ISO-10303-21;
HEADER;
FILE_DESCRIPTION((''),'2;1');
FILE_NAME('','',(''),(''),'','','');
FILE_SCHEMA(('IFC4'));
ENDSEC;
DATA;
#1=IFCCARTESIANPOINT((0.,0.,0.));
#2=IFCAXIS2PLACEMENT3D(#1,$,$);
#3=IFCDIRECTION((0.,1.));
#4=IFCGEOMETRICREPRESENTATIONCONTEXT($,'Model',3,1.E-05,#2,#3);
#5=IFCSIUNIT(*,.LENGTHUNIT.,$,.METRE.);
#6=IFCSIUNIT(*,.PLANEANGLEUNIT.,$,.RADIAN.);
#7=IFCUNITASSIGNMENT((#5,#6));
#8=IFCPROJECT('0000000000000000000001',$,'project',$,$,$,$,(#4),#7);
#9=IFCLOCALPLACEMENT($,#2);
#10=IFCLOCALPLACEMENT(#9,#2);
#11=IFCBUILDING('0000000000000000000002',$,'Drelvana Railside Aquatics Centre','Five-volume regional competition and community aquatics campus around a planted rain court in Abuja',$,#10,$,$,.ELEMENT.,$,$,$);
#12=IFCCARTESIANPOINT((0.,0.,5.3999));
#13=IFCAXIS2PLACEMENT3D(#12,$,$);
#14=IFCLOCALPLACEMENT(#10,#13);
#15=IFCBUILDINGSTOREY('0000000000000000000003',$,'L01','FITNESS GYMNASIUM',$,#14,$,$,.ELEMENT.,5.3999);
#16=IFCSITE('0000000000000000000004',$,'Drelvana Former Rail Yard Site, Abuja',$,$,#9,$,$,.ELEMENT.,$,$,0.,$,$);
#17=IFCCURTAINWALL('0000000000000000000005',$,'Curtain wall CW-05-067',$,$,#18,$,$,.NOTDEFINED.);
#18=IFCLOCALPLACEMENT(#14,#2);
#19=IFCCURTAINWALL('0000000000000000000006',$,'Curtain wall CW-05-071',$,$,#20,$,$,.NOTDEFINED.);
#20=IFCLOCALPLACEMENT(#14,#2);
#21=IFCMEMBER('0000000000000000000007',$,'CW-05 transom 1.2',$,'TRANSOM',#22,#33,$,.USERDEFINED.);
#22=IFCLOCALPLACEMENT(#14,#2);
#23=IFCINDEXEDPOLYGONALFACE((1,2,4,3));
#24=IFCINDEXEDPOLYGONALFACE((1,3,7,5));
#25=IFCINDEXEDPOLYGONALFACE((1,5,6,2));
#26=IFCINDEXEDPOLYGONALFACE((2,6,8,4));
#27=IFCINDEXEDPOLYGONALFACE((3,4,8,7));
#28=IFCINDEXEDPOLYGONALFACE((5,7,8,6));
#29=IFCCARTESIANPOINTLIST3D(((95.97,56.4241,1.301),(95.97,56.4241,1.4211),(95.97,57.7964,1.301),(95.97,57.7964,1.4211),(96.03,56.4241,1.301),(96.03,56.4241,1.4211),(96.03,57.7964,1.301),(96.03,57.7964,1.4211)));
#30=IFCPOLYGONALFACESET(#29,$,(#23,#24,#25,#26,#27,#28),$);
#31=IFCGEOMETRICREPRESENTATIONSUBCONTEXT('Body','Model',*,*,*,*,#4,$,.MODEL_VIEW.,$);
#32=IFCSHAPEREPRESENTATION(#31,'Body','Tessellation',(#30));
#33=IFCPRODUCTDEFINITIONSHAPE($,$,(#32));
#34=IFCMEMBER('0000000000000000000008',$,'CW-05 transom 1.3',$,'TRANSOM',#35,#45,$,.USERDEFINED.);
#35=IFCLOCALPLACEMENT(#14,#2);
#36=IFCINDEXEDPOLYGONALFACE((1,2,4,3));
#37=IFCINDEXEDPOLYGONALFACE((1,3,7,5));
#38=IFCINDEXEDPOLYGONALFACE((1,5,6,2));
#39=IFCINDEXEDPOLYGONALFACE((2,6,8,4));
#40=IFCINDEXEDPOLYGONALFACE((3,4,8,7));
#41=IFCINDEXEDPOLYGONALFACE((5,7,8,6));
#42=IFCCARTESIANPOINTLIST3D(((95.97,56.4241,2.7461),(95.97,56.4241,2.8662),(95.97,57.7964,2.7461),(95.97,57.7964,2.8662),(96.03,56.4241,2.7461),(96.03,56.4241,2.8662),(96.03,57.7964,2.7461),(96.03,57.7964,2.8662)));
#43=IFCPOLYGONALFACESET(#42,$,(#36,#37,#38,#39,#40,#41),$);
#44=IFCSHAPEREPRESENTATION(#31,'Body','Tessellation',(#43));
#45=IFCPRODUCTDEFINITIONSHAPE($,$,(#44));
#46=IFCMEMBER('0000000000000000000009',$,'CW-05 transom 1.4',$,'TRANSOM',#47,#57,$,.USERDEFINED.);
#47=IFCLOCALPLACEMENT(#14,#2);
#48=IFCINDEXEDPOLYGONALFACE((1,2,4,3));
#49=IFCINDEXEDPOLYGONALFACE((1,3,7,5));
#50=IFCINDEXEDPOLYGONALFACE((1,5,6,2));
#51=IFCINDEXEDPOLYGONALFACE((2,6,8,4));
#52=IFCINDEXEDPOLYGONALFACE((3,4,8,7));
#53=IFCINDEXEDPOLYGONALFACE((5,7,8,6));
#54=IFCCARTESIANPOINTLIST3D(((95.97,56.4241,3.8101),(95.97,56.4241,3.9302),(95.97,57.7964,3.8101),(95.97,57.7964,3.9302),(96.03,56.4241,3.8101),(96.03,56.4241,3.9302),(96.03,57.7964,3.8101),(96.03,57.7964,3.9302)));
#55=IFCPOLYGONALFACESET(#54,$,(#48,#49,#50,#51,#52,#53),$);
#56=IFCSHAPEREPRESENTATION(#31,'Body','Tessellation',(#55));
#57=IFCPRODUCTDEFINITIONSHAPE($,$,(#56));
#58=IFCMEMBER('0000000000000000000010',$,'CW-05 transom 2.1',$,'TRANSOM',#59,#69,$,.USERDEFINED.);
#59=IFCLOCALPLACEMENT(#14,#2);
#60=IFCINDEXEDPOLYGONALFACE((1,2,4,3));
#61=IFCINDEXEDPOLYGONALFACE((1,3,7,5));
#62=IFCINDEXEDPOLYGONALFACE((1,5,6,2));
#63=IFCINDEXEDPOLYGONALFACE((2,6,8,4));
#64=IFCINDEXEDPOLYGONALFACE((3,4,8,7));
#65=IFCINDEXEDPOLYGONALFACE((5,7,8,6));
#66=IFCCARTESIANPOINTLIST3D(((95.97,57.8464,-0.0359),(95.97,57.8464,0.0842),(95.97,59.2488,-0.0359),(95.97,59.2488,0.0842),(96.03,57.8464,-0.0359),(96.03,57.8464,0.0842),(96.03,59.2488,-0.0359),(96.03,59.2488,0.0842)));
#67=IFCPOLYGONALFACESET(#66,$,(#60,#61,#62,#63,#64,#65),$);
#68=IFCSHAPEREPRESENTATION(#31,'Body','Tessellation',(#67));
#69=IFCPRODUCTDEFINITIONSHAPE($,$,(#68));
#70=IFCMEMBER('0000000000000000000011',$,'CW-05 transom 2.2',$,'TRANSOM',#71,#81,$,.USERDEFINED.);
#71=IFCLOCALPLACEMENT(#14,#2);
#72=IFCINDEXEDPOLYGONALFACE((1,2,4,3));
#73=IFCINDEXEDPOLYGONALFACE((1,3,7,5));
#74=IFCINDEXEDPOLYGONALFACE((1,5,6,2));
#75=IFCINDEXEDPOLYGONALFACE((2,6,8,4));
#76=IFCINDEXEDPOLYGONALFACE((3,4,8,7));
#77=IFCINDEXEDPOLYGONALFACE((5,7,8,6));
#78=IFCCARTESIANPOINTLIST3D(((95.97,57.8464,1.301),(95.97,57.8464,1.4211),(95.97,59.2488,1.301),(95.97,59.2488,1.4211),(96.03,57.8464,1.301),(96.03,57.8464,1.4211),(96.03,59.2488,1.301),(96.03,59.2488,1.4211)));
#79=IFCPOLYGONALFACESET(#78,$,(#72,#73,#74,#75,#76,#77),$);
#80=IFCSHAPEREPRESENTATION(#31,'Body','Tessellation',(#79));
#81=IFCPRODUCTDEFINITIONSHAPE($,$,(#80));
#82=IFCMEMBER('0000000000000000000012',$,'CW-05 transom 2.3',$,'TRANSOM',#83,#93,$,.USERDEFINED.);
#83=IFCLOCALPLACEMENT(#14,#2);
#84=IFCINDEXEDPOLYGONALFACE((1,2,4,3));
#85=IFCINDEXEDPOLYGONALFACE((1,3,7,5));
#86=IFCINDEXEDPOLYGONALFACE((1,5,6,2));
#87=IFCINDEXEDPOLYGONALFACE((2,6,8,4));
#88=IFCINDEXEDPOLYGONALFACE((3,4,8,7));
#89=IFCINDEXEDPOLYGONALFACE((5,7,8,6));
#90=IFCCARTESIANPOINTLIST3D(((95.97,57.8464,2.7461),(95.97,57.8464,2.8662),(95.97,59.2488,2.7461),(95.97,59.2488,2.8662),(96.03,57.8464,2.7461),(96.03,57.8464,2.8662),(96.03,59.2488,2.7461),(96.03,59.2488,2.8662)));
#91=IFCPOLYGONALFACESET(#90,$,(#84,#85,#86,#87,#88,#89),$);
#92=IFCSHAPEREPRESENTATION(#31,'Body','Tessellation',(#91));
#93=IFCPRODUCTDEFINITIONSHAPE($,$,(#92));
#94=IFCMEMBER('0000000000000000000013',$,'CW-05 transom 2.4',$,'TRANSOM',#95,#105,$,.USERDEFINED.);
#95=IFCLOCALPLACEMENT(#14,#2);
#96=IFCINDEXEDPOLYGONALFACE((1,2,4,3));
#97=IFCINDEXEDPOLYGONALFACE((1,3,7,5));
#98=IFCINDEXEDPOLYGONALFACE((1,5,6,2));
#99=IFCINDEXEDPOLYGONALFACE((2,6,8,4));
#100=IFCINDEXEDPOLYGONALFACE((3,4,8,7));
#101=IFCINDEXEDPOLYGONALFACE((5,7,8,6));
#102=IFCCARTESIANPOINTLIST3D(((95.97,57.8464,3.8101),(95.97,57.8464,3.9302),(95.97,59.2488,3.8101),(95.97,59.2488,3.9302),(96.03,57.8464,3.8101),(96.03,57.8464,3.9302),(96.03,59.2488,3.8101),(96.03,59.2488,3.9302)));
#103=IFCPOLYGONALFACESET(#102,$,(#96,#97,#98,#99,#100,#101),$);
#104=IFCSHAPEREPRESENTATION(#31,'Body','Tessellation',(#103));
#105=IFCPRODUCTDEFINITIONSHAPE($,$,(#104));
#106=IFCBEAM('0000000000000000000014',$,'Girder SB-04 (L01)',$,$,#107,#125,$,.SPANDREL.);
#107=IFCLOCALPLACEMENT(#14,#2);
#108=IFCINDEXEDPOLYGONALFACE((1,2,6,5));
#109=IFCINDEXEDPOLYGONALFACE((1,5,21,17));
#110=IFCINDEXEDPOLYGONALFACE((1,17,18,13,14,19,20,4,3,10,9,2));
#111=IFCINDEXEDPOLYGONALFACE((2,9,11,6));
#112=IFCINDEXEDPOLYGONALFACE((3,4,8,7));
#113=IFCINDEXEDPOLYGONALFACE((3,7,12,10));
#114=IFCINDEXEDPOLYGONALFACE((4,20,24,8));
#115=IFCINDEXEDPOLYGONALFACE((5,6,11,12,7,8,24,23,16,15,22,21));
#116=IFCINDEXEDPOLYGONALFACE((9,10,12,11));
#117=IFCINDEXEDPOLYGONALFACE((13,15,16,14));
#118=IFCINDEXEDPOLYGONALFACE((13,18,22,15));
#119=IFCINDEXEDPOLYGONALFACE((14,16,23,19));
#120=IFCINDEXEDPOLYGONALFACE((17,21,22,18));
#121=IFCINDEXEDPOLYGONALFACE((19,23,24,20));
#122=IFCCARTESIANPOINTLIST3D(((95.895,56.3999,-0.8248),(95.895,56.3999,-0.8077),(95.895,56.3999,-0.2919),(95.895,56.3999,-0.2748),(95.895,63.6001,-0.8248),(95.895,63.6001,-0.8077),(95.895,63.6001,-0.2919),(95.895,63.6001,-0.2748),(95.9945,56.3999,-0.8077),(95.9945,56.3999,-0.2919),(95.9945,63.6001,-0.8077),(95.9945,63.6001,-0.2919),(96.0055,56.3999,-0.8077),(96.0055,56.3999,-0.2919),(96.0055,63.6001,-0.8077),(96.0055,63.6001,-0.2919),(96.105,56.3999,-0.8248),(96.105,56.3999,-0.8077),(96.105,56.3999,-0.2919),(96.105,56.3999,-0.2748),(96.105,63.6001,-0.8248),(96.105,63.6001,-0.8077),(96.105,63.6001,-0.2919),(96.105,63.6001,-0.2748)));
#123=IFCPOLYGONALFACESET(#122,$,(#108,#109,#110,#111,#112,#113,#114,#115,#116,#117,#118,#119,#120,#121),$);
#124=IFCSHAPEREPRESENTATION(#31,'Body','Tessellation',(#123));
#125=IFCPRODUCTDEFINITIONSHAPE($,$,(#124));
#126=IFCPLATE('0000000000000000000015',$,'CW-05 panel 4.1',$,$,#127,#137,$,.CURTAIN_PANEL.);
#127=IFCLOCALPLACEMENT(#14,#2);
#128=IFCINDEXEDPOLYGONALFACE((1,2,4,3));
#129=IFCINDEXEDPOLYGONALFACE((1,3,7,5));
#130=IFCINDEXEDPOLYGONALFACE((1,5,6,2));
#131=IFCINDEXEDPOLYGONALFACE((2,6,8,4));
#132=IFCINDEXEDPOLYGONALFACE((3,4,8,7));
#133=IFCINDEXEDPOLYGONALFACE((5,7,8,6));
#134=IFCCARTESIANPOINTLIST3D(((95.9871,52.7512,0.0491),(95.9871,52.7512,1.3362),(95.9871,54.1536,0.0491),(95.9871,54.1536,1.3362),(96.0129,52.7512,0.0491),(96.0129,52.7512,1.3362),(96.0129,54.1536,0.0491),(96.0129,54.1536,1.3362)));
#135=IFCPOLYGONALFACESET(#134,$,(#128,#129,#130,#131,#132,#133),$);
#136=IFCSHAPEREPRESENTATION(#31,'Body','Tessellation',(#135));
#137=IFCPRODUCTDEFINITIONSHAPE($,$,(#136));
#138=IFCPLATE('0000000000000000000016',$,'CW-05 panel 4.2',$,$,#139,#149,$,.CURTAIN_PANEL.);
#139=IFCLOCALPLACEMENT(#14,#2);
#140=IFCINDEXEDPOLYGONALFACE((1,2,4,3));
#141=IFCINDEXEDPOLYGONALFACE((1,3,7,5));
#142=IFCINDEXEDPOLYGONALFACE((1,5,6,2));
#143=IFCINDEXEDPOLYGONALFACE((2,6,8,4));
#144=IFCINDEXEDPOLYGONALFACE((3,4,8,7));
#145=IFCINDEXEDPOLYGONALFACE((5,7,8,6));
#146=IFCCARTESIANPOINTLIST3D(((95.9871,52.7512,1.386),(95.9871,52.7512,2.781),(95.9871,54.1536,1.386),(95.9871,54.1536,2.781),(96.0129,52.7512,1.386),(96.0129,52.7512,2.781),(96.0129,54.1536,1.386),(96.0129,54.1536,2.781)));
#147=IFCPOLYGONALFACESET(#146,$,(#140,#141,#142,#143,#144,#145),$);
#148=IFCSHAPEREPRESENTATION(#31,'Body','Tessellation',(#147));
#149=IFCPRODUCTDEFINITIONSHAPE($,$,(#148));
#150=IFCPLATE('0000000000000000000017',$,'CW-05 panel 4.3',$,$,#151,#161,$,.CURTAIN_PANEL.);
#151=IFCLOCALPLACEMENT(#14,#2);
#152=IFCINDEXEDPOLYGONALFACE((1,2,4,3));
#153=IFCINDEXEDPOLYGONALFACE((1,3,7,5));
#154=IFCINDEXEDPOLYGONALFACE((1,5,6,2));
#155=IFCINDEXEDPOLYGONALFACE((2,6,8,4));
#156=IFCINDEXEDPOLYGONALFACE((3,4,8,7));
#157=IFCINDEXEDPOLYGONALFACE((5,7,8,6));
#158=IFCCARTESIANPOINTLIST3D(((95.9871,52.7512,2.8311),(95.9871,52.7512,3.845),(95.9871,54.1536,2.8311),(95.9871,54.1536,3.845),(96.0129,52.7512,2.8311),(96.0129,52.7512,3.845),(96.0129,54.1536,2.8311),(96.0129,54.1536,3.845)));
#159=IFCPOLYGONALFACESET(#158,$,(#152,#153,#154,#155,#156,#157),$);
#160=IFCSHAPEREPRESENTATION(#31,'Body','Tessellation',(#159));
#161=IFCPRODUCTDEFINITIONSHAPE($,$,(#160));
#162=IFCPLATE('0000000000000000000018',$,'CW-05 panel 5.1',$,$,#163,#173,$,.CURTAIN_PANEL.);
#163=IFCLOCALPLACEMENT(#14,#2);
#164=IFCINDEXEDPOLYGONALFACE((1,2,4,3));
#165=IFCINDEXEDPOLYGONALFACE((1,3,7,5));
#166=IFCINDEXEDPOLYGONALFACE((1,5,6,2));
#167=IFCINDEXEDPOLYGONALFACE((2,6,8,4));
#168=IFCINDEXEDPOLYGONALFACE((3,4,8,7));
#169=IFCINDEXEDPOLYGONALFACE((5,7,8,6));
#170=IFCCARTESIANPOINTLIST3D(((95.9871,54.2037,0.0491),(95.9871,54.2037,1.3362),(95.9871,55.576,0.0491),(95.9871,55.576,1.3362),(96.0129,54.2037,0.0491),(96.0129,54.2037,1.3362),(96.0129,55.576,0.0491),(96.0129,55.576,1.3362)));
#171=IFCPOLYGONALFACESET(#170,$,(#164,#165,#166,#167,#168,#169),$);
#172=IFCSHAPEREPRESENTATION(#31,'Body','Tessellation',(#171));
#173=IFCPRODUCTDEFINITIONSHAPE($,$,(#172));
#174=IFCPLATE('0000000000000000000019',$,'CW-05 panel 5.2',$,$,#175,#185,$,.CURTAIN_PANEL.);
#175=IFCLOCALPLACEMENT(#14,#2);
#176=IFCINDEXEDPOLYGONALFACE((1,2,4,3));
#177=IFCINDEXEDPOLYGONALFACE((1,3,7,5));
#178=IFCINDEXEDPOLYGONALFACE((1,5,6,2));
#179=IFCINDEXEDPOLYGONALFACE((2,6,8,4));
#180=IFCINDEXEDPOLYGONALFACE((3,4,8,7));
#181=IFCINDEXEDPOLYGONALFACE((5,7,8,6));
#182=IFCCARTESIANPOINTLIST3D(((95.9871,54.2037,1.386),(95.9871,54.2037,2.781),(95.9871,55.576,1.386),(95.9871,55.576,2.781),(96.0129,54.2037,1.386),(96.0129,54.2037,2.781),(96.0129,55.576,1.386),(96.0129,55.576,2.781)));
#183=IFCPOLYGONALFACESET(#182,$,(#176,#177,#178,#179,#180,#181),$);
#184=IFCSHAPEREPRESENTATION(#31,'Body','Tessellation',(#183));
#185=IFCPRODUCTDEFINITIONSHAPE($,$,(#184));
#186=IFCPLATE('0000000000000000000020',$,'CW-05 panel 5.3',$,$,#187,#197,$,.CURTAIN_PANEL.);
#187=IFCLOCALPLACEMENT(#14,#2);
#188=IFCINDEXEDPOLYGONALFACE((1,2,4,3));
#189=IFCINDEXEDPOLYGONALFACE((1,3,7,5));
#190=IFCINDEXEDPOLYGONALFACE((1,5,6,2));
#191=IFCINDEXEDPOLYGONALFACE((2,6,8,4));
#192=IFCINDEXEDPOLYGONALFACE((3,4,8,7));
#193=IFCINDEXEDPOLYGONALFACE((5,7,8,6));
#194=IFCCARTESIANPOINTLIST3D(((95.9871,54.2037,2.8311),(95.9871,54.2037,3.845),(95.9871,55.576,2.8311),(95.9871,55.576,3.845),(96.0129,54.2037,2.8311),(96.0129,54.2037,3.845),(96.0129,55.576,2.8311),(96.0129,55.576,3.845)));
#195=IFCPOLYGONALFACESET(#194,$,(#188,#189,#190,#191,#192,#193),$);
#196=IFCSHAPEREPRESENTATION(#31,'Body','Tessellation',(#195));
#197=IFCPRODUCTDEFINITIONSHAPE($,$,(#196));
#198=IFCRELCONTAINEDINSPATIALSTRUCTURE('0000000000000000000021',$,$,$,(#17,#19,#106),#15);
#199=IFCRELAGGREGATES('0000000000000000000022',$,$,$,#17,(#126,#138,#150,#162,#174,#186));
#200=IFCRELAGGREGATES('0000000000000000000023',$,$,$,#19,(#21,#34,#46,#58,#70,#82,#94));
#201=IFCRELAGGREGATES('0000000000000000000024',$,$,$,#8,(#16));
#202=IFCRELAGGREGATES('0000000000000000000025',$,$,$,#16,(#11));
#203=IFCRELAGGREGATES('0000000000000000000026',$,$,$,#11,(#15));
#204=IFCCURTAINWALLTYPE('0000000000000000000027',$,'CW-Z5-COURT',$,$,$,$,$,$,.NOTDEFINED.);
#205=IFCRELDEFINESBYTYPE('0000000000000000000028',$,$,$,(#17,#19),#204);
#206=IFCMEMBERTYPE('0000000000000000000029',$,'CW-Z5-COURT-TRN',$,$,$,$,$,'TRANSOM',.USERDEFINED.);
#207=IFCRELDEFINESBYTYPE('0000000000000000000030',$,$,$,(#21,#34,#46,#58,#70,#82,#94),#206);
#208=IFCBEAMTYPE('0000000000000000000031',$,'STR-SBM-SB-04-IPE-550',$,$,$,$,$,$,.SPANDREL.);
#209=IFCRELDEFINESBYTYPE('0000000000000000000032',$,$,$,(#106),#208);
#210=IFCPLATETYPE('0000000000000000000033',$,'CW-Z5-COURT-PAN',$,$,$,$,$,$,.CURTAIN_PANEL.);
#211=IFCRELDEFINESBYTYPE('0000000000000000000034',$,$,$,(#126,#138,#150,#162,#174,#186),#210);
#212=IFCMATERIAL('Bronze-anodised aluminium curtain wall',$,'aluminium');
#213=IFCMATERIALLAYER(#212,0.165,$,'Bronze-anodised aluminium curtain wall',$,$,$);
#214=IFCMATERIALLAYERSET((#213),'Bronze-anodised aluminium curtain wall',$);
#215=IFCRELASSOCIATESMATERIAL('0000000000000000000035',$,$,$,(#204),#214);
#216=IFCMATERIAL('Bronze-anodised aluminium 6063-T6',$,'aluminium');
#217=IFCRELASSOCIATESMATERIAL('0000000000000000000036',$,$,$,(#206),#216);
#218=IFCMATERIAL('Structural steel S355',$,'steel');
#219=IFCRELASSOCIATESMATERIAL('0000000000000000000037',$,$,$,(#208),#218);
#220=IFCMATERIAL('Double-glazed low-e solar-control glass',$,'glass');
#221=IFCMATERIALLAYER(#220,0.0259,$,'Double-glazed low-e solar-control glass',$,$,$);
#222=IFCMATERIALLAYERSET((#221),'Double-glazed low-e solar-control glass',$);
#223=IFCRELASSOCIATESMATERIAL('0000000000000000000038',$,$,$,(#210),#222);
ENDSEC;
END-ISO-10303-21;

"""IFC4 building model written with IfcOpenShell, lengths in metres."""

from ifc_helpers import new_model, si_unit, direction, frame, origin, origin_2d, place, context, subcontext, project, spatial, rectangle, i_section, extrude, material, layer, layer_set, material_profile, profile_set, type_object, element, aggregate, save


model = new_model("IFC4")

# Units and contexts
model_context = context("Model", 3, precision=1e-05, world=origin(), true_north=direction((0.0, 1.0)))
body_context = subcontext(model_context, "Body", "Model", "MODEL_VIEW")
ifc_project = project(units=[si_unit("LENGTHUNIT", "METRE"), si_unit("PLANEANGLEUNIT", "RADIAN")], contexts=[model_context])

# Site, building, storey
site_placement = place(None, origin())
site = spatial("IfcSite", under=ifc_project, at=site_placement, Name="Drelvana Former Rail Yard Site, Abuja", CompositionType="ELEMENT", RefElevation=0.0)
building_placement = place(site_placement, origin())
building = spatial("IfcBuilding", under=site, at=building_placement, Name="Drelvana Railside Aquatics Centre", Description="Five-volume regional competition and community aquatics campus around a planted rain court in Abuja", CompositionType="ELEMENT")
storey_placement = place(building_placement, frame((0.0, 0.0, 5.3999)))
storey = spatial("IfcBuildingStorey", under=building, at=storey_placement, Name="L01", Description="FITNESS GYMNASIUM", CompositionType="ELEMENT", Elevation=5.3999)

# Curtain walls
ifc_material_1 = material(Name="Bronze-anodised aluminium curtain wall", Category="aluminium")
ifc_layer_1 = layer(ifc_material_1, 0.165, Name="Bronze-anodised aluminium curtain wall")
ifc_layer_set_1 = layer_set([ifc_layer_1], Name="Bronze-anodised aluminium curtain wall")
curtain_wall_type = type_object("IfcCurtainWallType", Name="CW-Z5-COURT", PredefinedType="NOTDEFINED", material=ifc_layer_set_1)
curtain_wall_1_placement = place(storey_placement, origin())
curtain_wall_1 = element("IfcCurtainWall", 1, at=curtain_wall_1_placement, inside=storey, type_object=curtain_wall_type, Name="Curtain wall CW-05-067", PredefinedType="NOTDEFINED")
ifc_material_2 = material(Name="Bronze-anodised aluminium 6063-T6", Category="aluminium")
curtain_wall_2_placement = place(storey_placement, origin())
curtain_wall_2 = element("IfcCurtainWall", 2, at=curtain_wall_2_placement, inside=storey, type_object=curtain_wall_type, Name="Curtain wall CW-05-071", PredefinedType="NOTDEFINED")

# Members
ifc_material_profile_1 = material_profile(ifc_material_2, rectangle(XDim=0.1201, YDim=0.0601, at=origin_2d()), Name="ALU-T 60x120")
ifc_profile_set_1 = profile_set([ifc_material_profile_1], Name="Bronze-anodised aluminium 6063-T6")
member_type_1 = type_object("IfcMemberType", Name="CW-Z5-COURT-TRN", ElementType="TRANSOM", PredefinedType="USERDEFINED", material=ifc_profile_set_1)
member_1_placement = place(storey_placement, frame((96.0, 56.4241, 1.3611), z_axis=(0.0, 1.0, 0.0), x_axis=(0.0, 0.0, 1.0)))
member_1 = element("IfcMember", 3, at=member_1_placement, type_object=member_type_1, Name="CW-05 transom 1.2", ObjectType="TRANSOM", PredefinedType="USERDEFINED", context=body_context, shape_type="SweptSolid", body=[
    extrude(rectangle(XDim=0.1201, YDim=0.0601, at=origin_2d()), origin(), (0.0, 0.0, 1.0), 1.3723),
])
member_2_placement = place(storey_placement, frame((96.0, 56.4241, 2.8062), z_axis=(0.0, 1.0, 0.0), x_axis=(0.0, 0.0, 1.0)))
member_2 = element("IfcMember", 4, at=member_2_placement, type_object=member_type_1, Name="CW-05 transom 1.3", ObjectType="TRANSOM", PredefinedType="USERDEFINED", context=body_context, shape_type="SweptSolid", body=[
    extrude(rectangle(XDim=0.1201, YDim=0.0601, at=origin_2d()), origin(), (0.0, 0.0, 1.0), 1.3723),
])
member_3_placement = place(storey_placement, frame((96.0, 56.4241, 3.8701), z_axis=(0.0, 1.0, 0.0), x_axis=(0.0, 0.0, 1.0)))
member_3 = element("IfcMember", 5, at=member_3_placement, type_object=member_type_1, Name="CW-05 transom 1.4", ObjectType="TRANSOM", PredefinedType="USERDEFINED", context=body_context, shape_type="SweptSolid", body=[
    extrude(rectangle(XDim=0.1201, YDim=0.0601, at=origin_2d()), origin(), (0.0, 0.0, 1.0), 1.3723),
])
member_4_placement = place(storey_placement, frame((96.0, 57.8464, 0.0242), z_axis=(0.0, 1.0, 0.0), x_axis=(0.0, 0.0, 1.0)))
member_4 = element("IfcMember", 6, at=member_4_placement, type_object=member_type_1, Name="CW-05 transom 2.1", ObjectType="TRANSOM", PredefinedType="USERDEFINED", context=body_context, shape_type="SweptSolid", body=[
    extrude(rectangle(XDim=0.1201, YDim=0.0601, at=origin_2d()), origin(), (0.0, 0.0, 1.0), 1.4023),
])
member_5_placement = place(storey_placement, frame((96.0, 57.8464, 1.3611), z_axis=(0.0, 1.0, 0.0), x_axis=(0.0, 0.0, 1.0)))
member_5 = element("IfcMember", 7, at=member_5_placement, type_object=member_type_1, Name="CW-05 transom 2.2", ObjectType="TRANSOM", PredefinedType="USERDEFINED", context=body_context, shape_type="SweptSolid", body=[
    extrude(rectangle(XDim=0.1201, YDim=0.0601, at=origin_2d()), origin(), (0.0, 0.0, 1.0), 1.4023),
])
member_6_placement = place(storey_placement, frame((96.0, 57.8464, 2.8062), z_axis=(0.0, 1.0, 0.0), x_axis=(0.0, 0.0, 1.0)))
member_6 = element("IfcMember", 8, at=member_6_placement, type_object=member_type_1, Name="CW-05 transom 2.3", ObjectType="TRANSOM", PredefinedType="USERDEFINED", context=body_context, shape_type="SweptSolid", body=[
    extrude(rectangle(XDim=0.1201, YDim=0.0601, at=origin_2d()), origin(), (0.0, 0.0, 1.0), 1.4023),
])
member_7_placement = place(storey_placement, frame((96.0, 57.8464, 3.8701), z_axis=(0.0, 1.0, 0.0), x_axis=(0.0, 0.0, 1.0)))
member_7 = element("IfcMember", 9, at=member_7_placement, type_object=member_type_1, Name="CW-05 transom 2.4", ObjectType="TRANSOM", PredefinedType="USERDEFINED", context=body_context, shape_type="SweptSolid", body=[
    extrude(rectangle(XDim=0.1201, YDim=0.0601, at=origin_2d()), origin(), (0.0, 0.0, 1.0), 1.4023),
])

# Beam
ifc_material_3 = material(Name="Structural steel S355", Category="steel")
ifc_material_profile_2 = material_profile(ifc_material_3, i_section(OverallWidth=0.21, OverallDepth=0.55, WebThickness=0.011, FlangeThickness=0.0171, at=origin_2d()), Name="IPE 550")
ifc_profile_set_2 = profile_set([ifc_material_profile_2], Name="Structural steel S355")
beam_type = type_object("IfcBeamType", Name="STR-SBM-SB-04-IPE-550", PredefinedType="SPANDREL", material=ifc_profile_set_2)
beam_placement = place(storey_placement, frame((96.0, 56.3999, -0.5498), z_axis=(0.0, 1.0, 0.0), x_axis=(-1.0, 0.0, 0.0)))
element("IfcBeam", 10, at=beam_placement, inside=storey, type_object=beam_type, Name="Girder SB-04 (L01)", PredefinedType="SPANDREL", context=body_context, shape_type="SweptSolid", body=[
    extrude(i_section(OverallWidth=0.21, OverallDepth=0.55, WebThickness=0.011, FlangeThickness=0.0171, at=origin_2d()), origin(), (0.0, 0.0, 1.0), 7.2002),
])

# Plates
ifc_material_4 = material(Name="Double-glazed low-e solar-control glass", Category="glass")
ifc_layer_2 = layer(ifc_material_4, 0.0259, Name="Double-glazed low-e solar-control glass")
ifc_layer_set_2 = layer_set([ifc_layer_2], Name="Double-glazed low-e solar-control glass")
plate_type = type_object("IfcPlateType", Name="CW-Z5-COURT-PAN", PredefinedType="CURTAIN_PANEL", material=ifc_layer_set_2)
plate_1_placement = place(storey_placement, frame((96.0, 53.4524, 0.0491), z_axis=(0.0, 0.0, 1.0), x_axis=(0.0, 1.0, 0.0)))
plate_1 = element("IfcPlate", 11, at=plate_1_placement, type_object=plate_type, Name="CW-05 panel 4.1", PredefinedType="CURTAIN_PANEL", context=body_context, shape_type="SweptSolid", body=[
    extrude(rectangle(XDim=1.4023, YDim=0.0259, at=origin_2d()), origin(), (0.0, 0.0, 1.0), 1.2871),
])
plate_2_placement = place(storey_placement, frame((96.0, 53.4524, 1.386), z_axis=(0.0, 0.0, 1.0), x_axis=(0.0, 1.0, 0.0)))
plate_2 = element("IfcPlate", 12, at=plate_2_placement, type_object=plate_type, Name="CW-05 panel 4.2", PredefinedType="CURTAIN_PANEL", context=body_context, shape_type="SweptSolid", body=[
    extrude(rectangle(XDim=1.4023, YDim=0.0259, at=origin_2d()), origin(), (0.0, 0.0, 1.0), 1.395),
])
plate_3_placement = place(storey_placement, frame((96.0, 53.4524, 2.8311), z_axis=(0.0, 0.0, 1.0), x_axis=(0.0, 1.0, 0.0)))
plate_3 = element("IfcPlate", 13, at=plate_3_placement, type_object=plate_type, Name="CW-05 panel 4.3", PredefinedType="CURTAIN_PANEL", context=body_context, shape_type="SweptSolid", body=[
    extrude(rectangle(XDim=1.4023, YDim=0.0259, at=origin_2d()), origin(), (0.0, 0.0, 1.0), 1.0139),
])
plate_4_placement = place(storey_placement, frame((96.0, 54.8899, 0.0491), z_axis=(0.0, 0.0, 1.0), x_axis=(0.0, 1.0, 0.0)))
plate_4 = element("IfcPlate", 14, at=plate_4_placement, type_object=plate_type, Name="CW-05 panel 5.1", PredefinedType="CURTAIN_PANEL", context=body_context, shape_type="SweptSolid", body=[
    extrude(rectangle(XDim=1.3723, YDim=0.0259, at=origin_2d()), origin(), (0.0, 0.0, 1.0), 1.2871),
])
plate_5_placement = place(storey_placement, frame((96.0, 54.8899, 1.386), z_axis=(0.0, 0.0, 1.0), x_axis=(0.0, 1.0, 0.0)))
plate_5 = element("IfcPlate", 15, at=plate_5_placement, type_object=plate_type, Name="CW-05 panel 5.2", PredefinedType="CURTAIN_PANEL", context=body_context, shape_type="SweptSolid", body=[
    extrude(rectangle(XDim=1.3723, YDim=0.0259, at=origin_2d()), origin(), (0.0, 0.0, 1.0), 1.395),
])
plate_6_placement = place(storey_placement, frame((96.0, 54.8899, 2.8311), z_axis=(0.0, 0.0, 1.0), x_axis=(0.0, 1.0, 0.0)))
plate_6 = element("IfcPlate", 16, at=plate_6_placement, type_object=plate_type, Name="CW-05 panel 5.3", PredefinedType="CURTAIN_PANEL", context=body_context, shape_type="SweptSolid", body=[
    extrude(rectangle(XDim=1.3723, YDim=0.0259, at=origin_2d()), origin(), (0.0, 0.0, 1.0), 1.0139),
])
aggregate(curtain_wall_1, [plate_1, plate_2, plate_3, plate_4, plate_5, plate_6])
aggregate(curtain_wall_2, [member_1, member_2, member_3, member_4, member_5, member_6, member_7])

save(model, "model.ifc")
